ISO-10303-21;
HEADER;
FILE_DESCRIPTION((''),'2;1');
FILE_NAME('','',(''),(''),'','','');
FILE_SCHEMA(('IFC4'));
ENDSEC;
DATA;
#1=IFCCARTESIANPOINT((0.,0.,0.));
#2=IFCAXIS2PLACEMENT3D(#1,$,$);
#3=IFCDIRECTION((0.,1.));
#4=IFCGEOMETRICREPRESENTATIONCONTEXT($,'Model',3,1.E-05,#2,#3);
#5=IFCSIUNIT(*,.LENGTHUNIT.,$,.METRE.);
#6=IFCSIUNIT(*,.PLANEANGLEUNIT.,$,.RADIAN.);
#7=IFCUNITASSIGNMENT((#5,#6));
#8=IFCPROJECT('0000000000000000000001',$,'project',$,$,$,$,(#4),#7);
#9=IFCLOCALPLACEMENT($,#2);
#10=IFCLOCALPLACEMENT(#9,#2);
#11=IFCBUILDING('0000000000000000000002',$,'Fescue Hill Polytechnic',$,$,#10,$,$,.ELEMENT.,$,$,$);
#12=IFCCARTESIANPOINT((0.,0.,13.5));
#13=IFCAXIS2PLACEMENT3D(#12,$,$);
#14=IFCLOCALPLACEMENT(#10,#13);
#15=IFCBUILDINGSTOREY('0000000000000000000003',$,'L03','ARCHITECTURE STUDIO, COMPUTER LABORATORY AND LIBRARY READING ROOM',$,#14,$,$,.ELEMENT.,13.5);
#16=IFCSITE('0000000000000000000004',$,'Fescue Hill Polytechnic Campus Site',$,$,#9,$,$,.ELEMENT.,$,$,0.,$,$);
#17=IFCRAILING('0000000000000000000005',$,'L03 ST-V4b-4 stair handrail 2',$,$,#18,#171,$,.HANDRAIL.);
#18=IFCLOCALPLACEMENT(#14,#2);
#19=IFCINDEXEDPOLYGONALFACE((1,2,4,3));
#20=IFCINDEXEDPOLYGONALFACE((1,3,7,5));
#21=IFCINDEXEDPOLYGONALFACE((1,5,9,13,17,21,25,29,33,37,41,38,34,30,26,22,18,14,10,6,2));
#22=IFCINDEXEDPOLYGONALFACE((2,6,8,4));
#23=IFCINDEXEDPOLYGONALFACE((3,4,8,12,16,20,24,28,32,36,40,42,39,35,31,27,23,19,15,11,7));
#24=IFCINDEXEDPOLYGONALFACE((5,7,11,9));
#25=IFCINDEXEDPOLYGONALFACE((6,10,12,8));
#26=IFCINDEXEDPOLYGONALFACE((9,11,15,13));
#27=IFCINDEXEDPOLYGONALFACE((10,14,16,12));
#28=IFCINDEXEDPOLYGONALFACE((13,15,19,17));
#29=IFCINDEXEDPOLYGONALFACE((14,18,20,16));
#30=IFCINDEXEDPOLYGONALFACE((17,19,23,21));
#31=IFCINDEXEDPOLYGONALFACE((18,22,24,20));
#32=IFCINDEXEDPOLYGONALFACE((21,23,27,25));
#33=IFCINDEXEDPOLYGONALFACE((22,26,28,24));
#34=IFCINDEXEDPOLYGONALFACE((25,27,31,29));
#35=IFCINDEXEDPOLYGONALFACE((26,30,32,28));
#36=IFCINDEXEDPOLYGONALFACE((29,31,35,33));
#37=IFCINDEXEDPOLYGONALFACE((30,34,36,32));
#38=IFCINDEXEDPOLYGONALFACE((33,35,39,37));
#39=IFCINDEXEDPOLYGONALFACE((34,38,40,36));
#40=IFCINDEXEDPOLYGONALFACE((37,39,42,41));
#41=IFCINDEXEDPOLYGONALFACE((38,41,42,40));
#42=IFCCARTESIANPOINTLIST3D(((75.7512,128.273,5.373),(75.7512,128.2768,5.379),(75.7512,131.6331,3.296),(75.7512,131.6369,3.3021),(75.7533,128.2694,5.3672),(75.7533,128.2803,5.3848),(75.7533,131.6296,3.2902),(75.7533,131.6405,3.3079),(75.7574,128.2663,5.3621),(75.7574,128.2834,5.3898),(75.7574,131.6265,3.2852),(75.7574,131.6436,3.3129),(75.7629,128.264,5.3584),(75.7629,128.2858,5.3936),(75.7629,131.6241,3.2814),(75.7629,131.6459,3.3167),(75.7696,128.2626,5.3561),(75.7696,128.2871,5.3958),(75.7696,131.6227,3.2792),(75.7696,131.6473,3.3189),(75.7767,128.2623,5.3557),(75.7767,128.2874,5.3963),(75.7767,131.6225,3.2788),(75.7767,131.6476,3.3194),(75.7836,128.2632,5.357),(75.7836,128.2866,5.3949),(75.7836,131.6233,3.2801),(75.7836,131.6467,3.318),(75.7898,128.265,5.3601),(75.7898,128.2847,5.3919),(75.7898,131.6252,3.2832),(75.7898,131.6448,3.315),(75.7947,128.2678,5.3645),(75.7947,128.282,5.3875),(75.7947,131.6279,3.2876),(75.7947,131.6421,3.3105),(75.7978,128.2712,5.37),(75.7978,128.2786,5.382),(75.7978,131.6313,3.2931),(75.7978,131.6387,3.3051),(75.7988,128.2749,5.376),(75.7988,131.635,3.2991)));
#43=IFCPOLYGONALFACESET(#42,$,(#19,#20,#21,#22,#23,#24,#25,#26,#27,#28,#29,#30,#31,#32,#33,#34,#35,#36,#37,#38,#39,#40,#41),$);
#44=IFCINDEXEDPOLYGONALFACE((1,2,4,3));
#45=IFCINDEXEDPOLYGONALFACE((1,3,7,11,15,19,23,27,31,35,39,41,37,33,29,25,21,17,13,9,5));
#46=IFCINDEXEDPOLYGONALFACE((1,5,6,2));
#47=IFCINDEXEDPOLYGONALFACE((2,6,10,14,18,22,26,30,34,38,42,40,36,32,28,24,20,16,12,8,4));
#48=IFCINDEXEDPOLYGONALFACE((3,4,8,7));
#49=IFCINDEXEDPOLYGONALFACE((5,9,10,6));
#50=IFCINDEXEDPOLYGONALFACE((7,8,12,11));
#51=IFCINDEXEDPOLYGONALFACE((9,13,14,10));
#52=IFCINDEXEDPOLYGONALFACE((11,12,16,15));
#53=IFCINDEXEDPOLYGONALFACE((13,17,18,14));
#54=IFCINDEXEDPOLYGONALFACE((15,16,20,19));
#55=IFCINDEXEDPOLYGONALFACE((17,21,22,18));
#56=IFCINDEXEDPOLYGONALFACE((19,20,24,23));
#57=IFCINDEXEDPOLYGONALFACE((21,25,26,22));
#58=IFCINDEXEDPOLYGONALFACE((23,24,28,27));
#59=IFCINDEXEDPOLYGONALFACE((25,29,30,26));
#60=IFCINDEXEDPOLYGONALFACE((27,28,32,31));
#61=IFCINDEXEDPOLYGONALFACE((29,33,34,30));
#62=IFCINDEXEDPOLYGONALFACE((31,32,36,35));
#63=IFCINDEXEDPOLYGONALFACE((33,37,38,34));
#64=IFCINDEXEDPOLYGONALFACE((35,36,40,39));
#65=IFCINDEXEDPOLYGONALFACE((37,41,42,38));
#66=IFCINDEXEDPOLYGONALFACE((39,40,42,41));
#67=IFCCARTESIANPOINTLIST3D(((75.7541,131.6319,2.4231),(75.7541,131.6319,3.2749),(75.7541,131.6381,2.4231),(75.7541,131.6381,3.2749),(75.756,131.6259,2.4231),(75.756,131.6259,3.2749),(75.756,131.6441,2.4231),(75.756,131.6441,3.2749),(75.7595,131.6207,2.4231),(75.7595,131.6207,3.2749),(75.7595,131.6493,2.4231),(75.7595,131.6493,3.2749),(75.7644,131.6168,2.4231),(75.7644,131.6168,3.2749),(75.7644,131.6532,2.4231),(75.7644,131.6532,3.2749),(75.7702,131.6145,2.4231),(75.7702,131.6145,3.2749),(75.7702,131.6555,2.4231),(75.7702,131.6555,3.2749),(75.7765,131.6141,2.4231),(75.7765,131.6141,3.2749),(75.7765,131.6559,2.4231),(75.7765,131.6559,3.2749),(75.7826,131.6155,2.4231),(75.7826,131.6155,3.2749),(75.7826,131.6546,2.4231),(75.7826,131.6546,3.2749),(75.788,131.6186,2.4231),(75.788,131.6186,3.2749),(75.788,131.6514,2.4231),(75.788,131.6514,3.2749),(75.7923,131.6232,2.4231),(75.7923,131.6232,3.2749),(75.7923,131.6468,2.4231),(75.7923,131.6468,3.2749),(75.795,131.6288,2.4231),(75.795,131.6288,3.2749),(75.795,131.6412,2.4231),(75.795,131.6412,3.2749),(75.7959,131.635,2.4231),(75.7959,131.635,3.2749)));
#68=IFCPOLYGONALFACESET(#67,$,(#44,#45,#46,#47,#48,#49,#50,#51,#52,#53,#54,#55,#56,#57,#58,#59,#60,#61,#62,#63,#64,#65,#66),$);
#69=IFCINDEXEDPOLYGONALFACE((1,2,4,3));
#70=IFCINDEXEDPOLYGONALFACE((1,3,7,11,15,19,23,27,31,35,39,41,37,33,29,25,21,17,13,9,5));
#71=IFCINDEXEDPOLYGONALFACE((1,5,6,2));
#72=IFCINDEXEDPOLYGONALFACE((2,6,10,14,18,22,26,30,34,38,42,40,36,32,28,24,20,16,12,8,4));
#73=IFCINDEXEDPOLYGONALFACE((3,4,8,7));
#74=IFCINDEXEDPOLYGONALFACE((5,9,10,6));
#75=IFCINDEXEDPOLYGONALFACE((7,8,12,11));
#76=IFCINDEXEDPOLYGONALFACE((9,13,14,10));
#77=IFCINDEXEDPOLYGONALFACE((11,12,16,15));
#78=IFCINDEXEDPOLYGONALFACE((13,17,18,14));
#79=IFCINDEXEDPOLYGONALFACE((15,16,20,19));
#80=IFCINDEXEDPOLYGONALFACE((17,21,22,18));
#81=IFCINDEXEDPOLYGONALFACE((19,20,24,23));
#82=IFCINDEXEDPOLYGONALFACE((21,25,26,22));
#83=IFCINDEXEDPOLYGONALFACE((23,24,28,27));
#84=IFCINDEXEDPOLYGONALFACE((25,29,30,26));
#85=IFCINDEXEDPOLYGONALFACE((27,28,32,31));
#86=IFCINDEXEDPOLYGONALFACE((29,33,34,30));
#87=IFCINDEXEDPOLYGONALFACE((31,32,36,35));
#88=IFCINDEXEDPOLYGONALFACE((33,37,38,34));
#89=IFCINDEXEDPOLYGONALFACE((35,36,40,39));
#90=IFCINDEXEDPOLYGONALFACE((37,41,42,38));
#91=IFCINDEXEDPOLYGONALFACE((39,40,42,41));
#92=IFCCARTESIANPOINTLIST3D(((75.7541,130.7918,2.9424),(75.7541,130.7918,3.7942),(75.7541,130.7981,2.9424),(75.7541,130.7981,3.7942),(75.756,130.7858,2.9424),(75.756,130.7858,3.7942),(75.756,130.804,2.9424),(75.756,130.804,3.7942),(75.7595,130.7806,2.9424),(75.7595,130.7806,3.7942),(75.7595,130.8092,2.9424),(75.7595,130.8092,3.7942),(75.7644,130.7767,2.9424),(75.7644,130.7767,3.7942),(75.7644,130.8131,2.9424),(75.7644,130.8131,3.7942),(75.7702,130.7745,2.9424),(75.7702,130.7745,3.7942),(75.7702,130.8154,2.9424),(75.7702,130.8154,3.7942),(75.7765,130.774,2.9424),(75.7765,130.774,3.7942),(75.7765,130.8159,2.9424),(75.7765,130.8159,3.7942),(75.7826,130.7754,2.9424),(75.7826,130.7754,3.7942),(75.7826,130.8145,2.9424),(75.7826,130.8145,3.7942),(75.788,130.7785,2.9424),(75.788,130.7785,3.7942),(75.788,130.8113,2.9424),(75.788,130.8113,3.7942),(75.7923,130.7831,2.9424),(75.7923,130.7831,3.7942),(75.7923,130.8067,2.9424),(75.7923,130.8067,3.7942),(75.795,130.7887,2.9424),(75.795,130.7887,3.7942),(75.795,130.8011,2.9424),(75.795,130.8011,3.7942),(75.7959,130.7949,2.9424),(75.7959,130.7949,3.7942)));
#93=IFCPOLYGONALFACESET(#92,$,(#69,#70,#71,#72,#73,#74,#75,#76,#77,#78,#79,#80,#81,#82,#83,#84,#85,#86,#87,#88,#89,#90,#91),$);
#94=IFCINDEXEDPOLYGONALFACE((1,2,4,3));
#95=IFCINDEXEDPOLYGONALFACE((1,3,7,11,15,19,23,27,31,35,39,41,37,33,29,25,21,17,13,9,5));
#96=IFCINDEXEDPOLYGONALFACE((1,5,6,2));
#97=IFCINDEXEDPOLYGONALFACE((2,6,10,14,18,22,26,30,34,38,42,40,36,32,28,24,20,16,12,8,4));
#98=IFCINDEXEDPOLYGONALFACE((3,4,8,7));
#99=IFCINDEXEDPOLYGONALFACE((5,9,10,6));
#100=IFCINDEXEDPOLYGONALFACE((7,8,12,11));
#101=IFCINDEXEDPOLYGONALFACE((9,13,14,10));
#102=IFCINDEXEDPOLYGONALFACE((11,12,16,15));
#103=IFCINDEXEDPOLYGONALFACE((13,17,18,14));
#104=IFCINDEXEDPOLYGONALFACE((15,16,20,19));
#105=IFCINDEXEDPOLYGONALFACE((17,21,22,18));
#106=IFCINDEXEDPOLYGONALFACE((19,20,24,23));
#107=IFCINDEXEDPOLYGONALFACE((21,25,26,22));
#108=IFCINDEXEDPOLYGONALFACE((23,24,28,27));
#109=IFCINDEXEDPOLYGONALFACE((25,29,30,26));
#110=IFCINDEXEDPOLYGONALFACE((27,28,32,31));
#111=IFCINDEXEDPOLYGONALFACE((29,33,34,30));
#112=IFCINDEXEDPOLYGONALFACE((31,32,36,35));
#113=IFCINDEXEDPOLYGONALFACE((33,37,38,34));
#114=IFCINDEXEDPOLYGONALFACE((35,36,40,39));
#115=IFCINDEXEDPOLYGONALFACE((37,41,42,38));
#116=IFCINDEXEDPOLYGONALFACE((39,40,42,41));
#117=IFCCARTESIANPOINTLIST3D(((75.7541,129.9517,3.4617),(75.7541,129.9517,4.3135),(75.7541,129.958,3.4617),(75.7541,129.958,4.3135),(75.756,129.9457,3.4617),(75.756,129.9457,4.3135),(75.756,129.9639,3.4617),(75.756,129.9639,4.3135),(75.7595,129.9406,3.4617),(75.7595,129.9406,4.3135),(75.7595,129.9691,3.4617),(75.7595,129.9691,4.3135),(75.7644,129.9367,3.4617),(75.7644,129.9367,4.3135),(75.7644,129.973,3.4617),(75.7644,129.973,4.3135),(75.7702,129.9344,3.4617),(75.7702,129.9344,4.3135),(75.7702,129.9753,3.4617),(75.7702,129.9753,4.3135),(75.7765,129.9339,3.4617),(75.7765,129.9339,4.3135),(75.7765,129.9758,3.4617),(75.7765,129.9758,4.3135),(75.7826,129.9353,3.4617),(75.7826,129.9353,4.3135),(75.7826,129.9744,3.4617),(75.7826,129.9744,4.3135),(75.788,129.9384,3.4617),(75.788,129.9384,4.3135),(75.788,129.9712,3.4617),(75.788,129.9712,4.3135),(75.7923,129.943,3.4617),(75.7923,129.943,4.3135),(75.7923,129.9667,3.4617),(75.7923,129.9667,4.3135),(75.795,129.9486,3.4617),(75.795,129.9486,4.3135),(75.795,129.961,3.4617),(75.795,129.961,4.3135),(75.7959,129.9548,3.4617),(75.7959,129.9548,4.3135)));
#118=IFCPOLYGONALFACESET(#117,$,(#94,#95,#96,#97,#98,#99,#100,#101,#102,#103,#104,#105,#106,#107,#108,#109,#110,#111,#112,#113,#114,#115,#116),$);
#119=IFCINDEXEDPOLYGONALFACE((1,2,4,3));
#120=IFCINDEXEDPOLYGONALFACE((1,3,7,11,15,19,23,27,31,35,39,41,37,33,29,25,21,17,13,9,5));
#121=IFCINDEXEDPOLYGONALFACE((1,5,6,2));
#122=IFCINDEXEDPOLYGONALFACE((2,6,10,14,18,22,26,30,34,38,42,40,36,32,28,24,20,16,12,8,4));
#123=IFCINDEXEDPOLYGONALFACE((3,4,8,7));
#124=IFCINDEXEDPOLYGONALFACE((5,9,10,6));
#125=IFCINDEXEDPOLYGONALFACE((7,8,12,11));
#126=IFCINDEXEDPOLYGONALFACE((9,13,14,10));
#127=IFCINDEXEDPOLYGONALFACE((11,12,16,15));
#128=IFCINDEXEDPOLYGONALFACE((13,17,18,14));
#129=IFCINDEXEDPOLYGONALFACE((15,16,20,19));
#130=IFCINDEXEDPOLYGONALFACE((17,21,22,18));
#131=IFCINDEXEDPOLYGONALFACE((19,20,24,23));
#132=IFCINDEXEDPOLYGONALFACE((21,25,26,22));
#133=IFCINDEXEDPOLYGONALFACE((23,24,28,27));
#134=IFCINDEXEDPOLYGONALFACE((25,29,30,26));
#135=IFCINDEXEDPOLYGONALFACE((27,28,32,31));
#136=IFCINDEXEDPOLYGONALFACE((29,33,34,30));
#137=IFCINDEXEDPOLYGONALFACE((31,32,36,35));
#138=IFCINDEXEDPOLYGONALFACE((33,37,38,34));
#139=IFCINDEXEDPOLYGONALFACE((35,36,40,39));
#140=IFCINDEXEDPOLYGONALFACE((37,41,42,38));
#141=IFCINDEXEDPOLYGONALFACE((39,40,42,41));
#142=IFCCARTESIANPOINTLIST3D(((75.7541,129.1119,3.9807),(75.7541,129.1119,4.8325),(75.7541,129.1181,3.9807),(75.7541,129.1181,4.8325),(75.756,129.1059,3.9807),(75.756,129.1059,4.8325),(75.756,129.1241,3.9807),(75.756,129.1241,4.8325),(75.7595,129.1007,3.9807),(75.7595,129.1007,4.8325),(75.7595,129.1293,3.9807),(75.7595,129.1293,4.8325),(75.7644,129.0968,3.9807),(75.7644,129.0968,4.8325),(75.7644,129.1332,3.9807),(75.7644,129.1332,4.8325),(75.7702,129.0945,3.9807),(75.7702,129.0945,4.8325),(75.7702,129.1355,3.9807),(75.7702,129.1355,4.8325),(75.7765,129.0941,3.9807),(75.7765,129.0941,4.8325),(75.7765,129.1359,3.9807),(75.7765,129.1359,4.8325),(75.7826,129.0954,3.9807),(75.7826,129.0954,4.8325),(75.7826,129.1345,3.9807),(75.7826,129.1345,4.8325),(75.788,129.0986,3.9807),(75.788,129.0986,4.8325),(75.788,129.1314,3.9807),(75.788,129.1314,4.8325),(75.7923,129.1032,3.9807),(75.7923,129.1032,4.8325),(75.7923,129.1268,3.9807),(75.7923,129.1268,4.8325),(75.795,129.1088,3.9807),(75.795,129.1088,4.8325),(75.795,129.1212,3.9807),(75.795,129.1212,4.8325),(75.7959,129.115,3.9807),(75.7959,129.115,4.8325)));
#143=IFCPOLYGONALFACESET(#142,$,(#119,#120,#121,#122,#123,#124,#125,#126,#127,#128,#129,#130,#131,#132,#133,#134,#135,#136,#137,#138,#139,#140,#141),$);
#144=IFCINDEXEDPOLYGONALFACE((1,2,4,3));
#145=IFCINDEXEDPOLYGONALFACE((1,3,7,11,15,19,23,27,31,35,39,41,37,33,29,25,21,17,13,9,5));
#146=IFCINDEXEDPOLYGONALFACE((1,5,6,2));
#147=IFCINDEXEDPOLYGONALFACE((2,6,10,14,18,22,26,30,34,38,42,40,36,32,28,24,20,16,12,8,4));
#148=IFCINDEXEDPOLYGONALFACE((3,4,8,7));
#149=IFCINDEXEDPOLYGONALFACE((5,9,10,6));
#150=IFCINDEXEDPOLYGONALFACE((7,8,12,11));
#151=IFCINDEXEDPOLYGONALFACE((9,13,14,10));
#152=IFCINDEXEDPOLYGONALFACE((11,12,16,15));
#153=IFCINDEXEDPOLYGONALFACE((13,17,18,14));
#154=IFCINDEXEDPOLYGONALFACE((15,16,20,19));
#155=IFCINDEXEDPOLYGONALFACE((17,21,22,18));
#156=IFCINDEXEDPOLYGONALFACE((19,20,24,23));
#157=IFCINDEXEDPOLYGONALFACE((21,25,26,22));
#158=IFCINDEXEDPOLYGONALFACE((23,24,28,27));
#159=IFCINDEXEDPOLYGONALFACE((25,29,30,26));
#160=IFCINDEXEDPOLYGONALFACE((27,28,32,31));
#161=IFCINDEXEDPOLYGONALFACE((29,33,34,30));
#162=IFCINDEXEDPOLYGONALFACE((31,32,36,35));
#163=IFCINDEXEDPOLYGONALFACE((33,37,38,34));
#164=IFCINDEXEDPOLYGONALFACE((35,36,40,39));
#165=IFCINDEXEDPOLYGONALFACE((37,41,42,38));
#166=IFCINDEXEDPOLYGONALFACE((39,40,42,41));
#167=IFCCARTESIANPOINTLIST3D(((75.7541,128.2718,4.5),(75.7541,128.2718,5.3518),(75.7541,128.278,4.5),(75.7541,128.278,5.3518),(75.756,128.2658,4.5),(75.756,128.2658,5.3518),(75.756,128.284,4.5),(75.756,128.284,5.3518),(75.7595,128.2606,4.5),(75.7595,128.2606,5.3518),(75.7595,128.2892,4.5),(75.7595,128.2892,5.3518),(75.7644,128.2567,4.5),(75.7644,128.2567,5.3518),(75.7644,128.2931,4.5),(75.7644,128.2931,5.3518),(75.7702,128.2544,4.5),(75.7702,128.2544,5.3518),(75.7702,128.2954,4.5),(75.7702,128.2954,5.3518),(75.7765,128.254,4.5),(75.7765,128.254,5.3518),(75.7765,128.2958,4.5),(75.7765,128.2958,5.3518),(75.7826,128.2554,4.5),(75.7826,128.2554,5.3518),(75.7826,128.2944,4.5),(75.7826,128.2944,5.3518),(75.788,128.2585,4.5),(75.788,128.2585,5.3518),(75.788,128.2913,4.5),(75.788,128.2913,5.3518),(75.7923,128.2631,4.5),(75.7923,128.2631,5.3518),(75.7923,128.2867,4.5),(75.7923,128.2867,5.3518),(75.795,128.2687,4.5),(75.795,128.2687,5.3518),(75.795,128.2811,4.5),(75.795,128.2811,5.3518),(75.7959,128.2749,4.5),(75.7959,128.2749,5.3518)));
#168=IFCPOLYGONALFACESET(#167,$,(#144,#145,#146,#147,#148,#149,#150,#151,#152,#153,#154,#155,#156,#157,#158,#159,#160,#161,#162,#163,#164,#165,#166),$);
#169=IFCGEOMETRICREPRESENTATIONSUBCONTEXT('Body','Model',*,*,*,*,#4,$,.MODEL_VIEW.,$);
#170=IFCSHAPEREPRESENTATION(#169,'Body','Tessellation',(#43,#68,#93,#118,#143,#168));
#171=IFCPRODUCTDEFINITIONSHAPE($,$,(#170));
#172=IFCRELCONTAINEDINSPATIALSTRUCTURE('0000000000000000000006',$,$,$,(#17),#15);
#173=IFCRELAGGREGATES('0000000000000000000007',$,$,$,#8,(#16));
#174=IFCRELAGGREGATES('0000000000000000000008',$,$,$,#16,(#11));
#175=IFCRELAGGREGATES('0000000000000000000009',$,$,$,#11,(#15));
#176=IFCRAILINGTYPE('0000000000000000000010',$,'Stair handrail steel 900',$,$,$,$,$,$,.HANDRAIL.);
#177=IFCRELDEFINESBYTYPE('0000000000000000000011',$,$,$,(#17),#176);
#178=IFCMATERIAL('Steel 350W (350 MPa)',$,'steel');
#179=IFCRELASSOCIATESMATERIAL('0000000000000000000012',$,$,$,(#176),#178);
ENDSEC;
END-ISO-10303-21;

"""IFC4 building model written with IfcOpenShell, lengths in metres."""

from ifc_helpers import new_model, si_unit, direction, frame, origin, origin_2d, place, context, subcontext, project, spatial, circle, extrude, material, type_object, element, save


model = new_model("IFC4")

# Units and contexts
model_context = context("Model", 3, precision=1e-05, world=origin(), true_north=direction((0.0, 1.0)))
body_context = subcontext(model_context, "Body", "Model", "MODEL_VIEW")
ifc_project = project(units=[si_unit("LENGTHUNIT", "METRE"), si_unit("PLANEANGLEUNIT", "RADIAN")], contexts=[model_context])

# Site, building, storey
site_placement = place(None, origin())
site = spatial("IfcSite", under=ifc_project, at=site_placement, Name="Fescue Hill Polytechnic Campus Site", CompositionType="ELEMENT", RefElevation=0.0)
building_placement = place(site_placement, origin())
building = spatial("IfcBuilding", under=site, at=building_placement, Name="Fescue Hill Polytechnic", CompositionType="ELEMENT")
storey_placement = place(building_placement, frame((0.0, 0.0, 13.5)))
storey = spatial("IfcBuildingStorey", under=building, at=storey_placement, Name="L03", Description="ARCHITECTURE STUDIO, COMPUTER LABORATORY AND LIBRARY READING ROOM", CompositionType="ELEMENT", Elevation=13.5)

# Railing
ifc_material_1 = material(Name="Steel 350W (350 MPa)", Category="steel")
railing_type_1 = type_object("IfcRailingType", Name="Stair handrail steel 900", PredefinedType="HANDRAIL", material=ifc_material_1)
railing_1_placement = place(storey_placement, frame((75.7749, 131.635, 2.4231)))
element("IfcRailing", 1, at=railing_1_placement, inside=storey, type_object=railing_type_1, Name="L03 ST-V4b-4 stair handrail 2", PredefinedType="HANDRAIL", context=body_context, shape_type="SweptSolid", body=[
    extrude(circle(Radius=0.0239, at=origin_2d()), frame((0.0, 0.0, 0.876), z_axis=(0.0, -0.850623, 0.525776), x_axis=(1.0, 0.0, 0.0)), (0.0, 0.0, 1.0), 3.9502),
    extrude(circle(Radius=0.021, at=origin_2d()), origin(), (0.0, 0.0, 1.0), 0.8518),
    extrude(circle(Radius=0.021, at=origin_2d()), frame((0.0, -0.8401, 0.5193)), (0.0, 0.0, 1.0), 0.8518),
    extrude(circle(Radius=0.021, at=origin_2d()), frame((0.0, -1.6802, 1.0386)), (0.0, 0.0, 1.0), 0.8518),
    extrude(circle(Radius=0.021, at=origin_2d()), frame((0.0, -2.52, 1.5576)), (0.0, 0.0, 1.0), 0.8518),
    extrude(circle(Radius=0.021, at=origin_2d()), frame((0.0, -3.3601, 2.0769)), (0.0, 0.0, 1.0), 0.8518),
])

save(model, "model.ifc")
